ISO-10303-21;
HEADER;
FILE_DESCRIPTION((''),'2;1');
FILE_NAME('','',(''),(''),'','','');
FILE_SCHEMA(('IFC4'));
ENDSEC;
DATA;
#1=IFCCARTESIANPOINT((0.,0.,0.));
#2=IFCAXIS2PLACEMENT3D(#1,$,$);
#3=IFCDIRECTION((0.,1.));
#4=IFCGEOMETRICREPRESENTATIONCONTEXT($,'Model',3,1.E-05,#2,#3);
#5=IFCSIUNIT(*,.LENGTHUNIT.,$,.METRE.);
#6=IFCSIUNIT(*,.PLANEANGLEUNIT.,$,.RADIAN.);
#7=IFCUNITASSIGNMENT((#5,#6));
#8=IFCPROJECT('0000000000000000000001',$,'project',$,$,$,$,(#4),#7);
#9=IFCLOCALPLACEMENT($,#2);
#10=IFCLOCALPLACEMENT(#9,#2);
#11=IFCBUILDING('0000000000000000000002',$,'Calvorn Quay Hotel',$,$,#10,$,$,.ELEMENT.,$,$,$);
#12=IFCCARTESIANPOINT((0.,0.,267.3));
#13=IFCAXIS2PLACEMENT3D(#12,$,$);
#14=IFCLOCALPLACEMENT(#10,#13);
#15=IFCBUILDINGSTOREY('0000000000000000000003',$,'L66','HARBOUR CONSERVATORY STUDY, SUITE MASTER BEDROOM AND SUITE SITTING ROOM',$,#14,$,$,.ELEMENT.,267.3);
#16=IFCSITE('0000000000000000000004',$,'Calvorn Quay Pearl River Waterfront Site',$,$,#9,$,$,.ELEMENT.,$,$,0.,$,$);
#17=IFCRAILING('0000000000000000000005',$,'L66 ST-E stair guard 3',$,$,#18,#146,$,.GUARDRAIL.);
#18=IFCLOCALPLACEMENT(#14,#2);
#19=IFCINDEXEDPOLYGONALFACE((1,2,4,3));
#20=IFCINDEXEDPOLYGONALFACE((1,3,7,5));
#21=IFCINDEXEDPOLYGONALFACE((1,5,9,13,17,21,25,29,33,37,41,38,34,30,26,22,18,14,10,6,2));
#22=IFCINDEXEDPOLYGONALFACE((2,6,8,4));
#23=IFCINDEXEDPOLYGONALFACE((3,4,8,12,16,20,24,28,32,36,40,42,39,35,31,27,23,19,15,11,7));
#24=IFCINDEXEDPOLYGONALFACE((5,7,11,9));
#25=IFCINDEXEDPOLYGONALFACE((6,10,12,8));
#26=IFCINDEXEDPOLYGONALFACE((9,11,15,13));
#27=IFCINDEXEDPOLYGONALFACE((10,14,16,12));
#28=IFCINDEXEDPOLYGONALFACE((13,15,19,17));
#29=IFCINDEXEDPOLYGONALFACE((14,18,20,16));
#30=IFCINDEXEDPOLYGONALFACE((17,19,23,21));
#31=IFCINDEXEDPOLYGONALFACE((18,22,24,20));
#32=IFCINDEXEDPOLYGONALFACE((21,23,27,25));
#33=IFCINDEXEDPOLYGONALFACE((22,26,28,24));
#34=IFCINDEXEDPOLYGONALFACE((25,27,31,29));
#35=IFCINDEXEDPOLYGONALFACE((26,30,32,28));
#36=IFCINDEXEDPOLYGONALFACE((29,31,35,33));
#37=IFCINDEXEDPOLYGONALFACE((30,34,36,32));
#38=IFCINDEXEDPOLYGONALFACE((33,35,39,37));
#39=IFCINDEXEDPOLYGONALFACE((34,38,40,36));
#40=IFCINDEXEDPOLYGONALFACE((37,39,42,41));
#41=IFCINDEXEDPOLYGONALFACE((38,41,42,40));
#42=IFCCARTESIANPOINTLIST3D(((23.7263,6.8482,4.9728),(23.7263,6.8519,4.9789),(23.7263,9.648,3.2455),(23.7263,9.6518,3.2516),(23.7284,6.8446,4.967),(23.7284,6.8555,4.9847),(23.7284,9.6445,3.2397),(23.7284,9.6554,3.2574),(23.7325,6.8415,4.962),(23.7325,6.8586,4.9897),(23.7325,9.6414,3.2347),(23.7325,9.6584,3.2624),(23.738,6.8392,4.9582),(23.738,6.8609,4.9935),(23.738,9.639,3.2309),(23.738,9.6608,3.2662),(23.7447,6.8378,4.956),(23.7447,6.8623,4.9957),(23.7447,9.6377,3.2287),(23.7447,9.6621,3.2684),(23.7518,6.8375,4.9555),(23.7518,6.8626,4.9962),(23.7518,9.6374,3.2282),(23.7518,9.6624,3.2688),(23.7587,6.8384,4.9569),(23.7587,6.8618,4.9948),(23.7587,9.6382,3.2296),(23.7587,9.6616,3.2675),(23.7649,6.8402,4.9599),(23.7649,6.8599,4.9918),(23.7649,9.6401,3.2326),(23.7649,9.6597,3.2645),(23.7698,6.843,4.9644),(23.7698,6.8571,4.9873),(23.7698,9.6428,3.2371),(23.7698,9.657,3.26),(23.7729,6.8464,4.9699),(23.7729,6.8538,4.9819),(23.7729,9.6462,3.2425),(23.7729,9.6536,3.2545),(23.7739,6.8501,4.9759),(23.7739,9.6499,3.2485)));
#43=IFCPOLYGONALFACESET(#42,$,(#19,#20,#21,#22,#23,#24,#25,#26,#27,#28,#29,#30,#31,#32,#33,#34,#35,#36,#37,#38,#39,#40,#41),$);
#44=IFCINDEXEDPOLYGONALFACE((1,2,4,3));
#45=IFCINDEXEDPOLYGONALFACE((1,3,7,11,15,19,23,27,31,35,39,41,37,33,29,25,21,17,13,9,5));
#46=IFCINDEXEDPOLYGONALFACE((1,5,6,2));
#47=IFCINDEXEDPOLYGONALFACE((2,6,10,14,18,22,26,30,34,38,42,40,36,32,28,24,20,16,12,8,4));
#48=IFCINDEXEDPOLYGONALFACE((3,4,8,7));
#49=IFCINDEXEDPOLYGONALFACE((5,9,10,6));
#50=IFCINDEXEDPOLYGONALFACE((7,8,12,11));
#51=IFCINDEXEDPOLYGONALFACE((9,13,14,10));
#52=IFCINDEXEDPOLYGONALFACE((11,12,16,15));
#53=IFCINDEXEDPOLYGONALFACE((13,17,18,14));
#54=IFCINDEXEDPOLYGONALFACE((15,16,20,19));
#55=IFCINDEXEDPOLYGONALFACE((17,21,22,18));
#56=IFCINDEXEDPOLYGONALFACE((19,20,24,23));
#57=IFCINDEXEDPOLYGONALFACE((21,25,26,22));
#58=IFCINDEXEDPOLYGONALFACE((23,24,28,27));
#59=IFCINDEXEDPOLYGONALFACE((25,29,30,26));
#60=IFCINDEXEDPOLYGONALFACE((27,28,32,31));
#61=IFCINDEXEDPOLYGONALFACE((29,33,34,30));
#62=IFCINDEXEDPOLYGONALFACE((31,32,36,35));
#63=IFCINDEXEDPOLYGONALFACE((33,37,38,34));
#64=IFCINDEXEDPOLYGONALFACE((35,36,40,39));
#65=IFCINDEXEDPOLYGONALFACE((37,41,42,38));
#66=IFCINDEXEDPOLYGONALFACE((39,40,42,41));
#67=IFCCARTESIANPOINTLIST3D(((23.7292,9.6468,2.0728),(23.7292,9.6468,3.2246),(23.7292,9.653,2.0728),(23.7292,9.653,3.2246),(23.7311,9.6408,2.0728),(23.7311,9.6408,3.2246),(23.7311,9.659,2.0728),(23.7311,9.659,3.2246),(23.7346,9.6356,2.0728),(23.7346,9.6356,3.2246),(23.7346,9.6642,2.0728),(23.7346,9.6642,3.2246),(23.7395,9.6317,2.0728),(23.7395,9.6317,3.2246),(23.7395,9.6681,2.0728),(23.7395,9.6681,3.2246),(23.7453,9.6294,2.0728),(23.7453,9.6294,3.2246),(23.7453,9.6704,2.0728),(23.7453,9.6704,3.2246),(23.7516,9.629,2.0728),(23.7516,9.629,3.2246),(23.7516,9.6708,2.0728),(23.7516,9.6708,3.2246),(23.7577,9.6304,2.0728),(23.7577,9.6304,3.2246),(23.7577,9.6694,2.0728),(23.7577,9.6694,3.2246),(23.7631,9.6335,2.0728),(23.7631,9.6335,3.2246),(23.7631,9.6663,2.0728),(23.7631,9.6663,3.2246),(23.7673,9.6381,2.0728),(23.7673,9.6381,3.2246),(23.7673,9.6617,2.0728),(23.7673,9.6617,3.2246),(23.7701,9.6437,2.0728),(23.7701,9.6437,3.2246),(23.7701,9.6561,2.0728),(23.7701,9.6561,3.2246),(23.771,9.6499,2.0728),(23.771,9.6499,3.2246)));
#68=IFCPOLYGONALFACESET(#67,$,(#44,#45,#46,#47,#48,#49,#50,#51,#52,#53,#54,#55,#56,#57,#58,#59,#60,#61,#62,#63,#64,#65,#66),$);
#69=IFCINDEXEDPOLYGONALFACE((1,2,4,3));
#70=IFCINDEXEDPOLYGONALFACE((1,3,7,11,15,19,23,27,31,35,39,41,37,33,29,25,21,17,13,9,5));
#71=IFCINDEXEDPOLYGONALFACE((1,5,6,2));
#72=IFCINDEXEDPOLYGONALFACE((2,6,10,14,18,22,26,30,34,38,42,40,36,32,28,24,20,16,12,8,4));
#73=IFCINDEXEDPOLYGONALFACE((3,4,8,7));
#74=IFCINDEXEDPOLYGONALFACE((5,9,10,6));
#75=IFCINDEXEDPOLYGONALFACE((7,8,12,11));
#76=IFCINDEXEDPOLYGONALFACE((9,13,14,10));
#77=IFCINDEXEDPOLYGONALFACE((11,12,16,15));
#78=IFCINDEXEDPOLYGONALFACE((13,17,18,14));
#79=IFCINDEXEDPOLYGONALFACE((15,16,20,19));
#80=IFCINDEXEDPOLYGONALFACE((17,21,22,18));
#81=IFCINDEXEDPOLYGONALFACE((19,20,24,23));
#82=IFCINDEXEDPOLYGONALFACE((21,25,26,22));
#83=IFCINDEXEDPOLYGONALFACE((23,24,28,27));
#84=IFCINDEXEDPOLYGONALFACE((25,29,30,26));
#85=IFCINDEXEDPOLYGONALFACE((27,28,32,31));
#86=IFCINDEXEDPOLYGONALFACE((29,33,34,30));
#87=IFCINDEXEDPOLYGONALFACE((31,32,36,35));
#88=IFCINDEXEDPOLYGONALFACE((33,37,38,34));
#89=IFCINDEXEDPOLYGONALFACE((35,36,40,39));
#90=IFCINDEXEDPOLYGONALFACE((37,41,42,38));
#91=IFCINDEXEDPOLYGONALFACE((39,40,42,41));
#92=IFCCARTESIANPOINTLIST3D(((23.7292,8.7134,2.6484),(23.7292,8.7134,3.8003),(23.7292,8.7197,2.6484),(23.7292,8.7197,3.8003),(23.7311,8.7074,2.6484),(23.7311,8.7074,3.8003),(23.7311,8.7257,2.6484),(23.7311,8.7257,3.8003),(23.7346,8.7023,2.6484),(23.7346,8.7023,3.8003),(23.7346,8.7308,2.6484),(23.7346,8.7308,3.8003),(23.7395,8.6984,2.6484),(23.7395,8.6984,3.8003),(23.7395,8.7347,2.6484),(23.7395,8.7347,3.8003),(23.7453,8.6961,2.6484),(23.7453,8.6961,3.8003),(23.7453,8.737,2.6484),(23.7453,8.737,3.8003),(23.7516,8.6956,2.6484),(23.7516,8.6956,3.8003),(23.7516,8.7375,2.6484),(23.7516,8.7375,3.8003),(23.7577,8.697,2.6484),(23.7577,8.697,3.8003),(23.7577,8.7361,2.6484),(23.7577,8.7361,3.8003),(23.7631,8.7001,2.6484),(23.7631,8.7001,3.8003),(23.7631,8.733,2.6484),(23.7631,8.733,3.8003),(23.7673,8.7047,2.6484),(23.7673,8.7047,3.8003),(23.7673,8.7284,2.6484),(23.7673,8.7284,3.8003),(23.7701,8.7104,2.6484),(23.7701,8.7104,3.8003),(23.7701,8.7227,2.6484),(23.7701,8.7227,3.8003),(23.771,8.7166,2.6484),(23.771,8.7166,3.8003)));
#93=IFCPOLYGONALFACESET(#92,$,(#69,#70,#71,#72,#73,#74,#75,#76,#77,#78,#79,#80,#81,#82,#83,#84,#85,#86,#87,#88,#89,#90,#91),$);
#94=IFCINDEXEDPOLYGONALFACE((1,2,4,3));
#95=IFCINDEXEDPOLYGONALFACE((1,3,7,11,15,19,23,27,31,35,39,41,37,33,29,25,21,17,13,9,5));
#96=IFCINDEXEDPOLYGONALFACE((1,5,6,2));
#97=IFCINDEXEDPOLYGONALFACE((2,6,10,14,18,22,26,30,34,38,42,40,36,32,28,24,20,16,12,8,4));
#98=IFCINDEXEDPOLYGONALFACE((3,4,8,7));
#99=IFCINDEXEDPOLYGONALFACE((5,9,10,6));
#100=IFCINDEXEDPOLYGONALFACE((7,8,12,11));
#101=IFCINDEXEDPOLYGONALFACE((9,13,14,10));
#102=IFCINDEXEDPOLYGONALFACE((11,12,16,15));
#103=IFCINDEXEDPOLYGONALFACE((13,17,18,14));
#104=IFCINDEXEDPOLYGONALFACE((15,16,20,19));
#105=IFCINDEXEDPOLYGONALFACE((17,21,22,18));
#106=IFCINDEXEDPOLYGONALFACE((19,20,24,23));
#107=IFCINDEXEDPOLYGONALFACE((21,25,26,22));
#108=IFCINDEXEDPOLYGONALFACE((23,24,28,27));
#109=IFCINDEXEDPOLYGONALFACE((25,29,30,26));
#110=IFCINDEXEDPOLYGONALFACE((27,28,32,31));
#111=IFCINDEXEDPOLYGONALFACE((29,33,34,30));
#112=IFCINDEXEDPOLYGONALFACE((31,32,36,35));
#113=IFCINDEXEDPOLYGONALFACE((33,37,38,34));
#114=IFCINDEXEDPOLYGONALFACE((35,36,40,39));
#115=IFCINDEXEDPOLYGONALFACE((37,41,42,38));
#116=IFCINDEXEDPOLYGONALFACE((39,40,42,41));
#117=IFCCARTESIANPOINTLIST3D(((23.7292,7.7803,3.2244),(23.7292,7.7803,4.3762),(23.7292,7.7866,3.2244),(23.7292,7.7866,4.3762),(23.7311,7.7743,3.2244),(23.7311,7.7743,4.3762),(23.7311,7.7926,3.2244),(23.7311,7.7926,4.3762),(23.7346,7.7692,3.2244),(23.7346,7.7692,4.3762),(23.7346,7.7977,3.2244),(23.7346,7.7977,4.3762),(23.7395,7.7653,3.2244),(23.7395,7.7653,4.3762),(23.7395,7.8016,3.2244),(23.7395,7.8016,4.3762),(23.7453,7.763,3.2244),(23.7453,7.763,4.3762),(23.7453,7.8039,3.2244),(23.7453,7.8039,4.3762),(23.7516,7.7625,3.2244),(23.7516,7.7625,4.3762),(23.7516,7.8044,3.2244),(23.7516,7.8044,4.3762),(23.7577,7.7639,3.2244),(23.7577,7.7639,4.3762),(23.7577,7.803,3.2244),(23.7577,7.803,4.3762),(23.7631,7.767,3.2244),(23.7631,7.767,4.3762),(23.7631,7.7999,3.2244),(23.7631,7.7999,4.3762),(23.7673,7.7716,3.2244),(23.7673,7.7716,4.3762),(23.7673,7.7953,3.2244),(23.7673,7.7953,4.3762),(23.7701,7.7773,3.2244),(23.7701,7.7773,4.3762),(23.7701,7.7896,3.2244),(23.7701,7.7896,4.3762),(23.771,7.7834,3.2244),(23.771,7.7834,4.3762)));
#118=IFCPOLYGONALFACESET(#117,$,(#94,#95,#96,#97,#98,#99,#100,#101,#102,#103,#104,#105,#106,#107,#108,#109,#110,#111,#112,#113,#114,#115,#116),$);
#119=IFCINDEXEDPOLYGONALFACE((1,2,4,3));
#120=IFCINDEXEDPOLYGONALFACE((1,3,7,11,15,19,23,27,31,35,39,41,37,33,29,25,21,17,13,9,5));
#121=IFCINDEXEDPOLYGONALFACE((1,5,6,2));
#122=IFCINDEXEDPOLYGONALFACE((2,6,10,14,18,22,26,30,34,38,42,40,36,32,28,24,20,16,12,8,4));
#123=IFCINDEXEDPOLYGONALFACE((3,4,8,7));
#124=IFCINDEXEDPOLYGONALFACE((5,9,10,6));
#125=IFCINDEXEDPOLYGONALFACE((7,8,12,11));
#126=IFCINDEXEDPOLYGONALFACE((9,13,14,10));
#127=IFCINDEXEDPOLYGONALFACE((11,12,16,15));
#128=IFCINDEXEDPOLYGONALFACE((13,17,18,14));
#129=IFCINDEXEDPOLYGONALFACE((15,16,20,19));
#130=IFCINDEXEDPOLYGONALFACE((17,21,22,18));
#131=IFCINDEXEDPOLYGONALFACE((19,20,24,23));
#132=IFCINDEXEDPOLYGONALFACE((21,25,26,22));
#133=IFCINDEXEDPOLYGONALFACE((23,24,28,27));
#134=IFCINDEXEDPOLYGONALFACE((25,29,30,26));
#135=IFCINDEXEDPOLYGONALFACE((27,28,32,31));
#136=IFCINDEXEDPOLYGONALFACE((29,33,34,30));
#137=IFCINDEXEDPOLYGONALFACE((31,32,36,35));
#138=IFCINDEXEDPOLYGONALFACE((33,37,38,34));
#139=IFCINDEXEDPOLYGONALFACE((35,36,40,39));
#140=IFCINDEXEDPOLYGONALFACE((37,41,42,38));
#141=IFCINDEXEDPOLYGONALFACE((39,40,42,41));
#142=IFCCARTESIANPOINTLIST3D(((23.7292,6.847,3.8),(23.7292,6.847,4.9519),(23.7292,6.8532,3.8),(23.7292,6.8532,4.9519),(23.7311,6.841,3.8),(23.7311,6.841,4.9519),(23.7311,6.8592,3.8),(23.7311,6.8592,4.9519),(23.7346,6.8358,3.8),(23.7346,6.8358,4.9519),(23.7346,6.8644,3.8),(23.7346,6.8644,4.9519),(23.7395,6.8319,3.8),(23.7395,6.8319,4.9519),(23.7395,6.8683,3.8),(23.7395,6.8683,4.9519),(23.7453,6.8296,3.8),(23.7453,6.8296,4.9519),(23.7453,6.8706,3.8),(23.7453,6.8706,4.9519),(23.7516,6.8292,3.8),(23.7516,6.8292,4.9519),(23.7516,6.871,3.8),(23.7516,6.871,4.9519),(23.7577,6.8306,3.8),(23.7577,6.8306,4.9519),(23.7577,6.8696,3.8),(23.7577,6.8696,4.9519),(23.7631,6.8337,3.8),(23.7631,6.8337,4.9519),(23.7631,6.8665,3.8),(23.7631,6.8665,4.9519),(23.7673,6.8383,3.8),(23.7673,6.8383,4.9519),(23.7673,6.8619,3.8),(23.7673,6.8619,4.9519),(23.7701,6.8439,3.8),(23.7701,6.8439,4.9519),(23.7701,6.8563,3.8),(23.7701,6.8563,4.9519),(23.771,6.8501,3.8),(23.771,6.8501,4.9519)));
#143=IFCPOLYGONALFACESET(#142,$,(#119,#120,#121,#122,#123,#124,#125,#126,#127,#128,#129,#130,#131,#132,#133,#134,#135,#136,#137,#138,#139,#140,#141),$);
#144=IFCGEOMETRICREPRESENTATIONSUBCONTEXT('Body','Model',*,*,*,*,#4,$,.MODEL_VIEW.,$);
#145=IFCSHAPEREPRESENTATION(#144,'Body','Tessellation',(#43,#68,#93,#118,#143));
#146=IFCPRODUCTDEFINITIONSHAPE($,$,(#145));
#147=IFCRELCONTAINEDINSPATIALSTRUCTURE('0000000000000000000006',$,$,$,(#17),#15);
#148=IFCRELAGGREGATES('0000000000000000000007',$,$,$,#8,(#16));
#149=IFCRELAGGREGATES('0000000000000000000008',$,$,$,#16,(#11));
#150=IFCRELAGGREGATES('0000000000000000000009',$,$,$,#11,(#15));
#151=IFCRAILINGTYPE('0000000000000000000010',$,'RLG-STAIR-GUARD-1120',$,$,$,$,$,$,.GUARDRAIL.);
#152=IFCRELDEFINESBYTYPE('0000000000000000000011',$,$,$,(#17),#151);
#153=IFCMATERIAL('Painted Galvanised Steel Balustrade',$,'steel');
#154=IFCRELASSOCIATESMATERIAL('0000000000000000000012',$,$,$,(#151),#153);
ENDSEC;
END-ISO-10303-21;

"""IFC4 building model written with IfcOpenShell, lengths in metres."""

from ifc_helpers import new_model, si_unit, direction, frame, origin, origin_2d, place, context, subcontext, project, spatial, circle, extrude, material, type_object, element, save


model = new_model("IFC4")

# Units and contexts
model_context = context("Model", 3, precision=1e-05, world=origin(), true_north=direction((0.0, 1.0)))
body_context = subcontext(model_context, "Body", "Model", "MODEL_VIEW")
ifc_project = project(units=[si_unit("LENGTHUNIT", "METRE"), si_unit("PLANEANGLEUNIT", "RADIAN")], contexts=[model_context])

# Site, building, storey
site_placement = place(None, origin())
site = spatial("IfcSite", under=ifc_project, at=site_placement, Name="Calvorn Quay Pearl River Waterfront Site", CompositionType="ELEMENT", RefElevation=0.0)
building_placement = place(site_placement, origin())
building = spatial("IfcBuilding", under=site, at=building_placement, Name="Calvorn Quay Hotel", CompositionType="ELEMENT")
storey_placement = place(building_placement, frame((0.0, 0.0, 267.3)))
storey = spatial("IfcBuildingStorey", under=building, at=storey_placement, Name="L66", Description="HARBOUR CONSERVATORY STUDY, SUITE MASTER BEDROOM AND SUITE SITTING ROOM", CompositionType="ELEMENT", Elevation=267.3)

# Railing
ifc_material_1 = material(Name="Painted Galvanised Steel Balustrade", Category="steel")
railing_type_1 = type_object("IfcRailingType", Name="RLG-STAIR-GUARD-1120", PredefinedType="GUARDRAIL", material=ifc_material_1)
railing_1_placement = place(storey_placement, frame((23.75, 9.6499, 2.0728)))
element("IfcRailing", 1, at=railing_1_placement, inside=storey, type_object=railing_type_1, Name="L66 ST-E stair guard 3", PredefinedType="GUARDRAIL", context=body_context, shape_type="SweptSolid", body=[
    extrude(circle(Radius=0.0239, at=origin_2d()), frame((0.0, 0.0, 1.1758), z_axis=(0.0, -0.851069, 0.525054), x_axis=(1.0, 0.0, 0.0)), (0.0, 0.0, 1.0), 3.2898),
    extrude(circle(Radius=0.021, at=origin_2d()), origin(), (0.0, 0.0, 1.0), 1.1519),
    extrude(circle(Radius=0.021, at=origin_2d()), frame((0.0, -0.9333, 0.5757)), (0.0, 0.0, 1.0), 1.1519),
    extrude(circle(Radius=0.021, at=origin_2d()), frame((0.0, -1.8665, 1.1516)), (0.0, 0.0, 1.0), 1.1519),
    extrude(circle(Radius=0.021, at=origin_2d()), frame((0.0, -2.7998, 1.7273)), (0.0, 0.0, 1.0), 1.1519),
])

save(model, "model.ifc")
